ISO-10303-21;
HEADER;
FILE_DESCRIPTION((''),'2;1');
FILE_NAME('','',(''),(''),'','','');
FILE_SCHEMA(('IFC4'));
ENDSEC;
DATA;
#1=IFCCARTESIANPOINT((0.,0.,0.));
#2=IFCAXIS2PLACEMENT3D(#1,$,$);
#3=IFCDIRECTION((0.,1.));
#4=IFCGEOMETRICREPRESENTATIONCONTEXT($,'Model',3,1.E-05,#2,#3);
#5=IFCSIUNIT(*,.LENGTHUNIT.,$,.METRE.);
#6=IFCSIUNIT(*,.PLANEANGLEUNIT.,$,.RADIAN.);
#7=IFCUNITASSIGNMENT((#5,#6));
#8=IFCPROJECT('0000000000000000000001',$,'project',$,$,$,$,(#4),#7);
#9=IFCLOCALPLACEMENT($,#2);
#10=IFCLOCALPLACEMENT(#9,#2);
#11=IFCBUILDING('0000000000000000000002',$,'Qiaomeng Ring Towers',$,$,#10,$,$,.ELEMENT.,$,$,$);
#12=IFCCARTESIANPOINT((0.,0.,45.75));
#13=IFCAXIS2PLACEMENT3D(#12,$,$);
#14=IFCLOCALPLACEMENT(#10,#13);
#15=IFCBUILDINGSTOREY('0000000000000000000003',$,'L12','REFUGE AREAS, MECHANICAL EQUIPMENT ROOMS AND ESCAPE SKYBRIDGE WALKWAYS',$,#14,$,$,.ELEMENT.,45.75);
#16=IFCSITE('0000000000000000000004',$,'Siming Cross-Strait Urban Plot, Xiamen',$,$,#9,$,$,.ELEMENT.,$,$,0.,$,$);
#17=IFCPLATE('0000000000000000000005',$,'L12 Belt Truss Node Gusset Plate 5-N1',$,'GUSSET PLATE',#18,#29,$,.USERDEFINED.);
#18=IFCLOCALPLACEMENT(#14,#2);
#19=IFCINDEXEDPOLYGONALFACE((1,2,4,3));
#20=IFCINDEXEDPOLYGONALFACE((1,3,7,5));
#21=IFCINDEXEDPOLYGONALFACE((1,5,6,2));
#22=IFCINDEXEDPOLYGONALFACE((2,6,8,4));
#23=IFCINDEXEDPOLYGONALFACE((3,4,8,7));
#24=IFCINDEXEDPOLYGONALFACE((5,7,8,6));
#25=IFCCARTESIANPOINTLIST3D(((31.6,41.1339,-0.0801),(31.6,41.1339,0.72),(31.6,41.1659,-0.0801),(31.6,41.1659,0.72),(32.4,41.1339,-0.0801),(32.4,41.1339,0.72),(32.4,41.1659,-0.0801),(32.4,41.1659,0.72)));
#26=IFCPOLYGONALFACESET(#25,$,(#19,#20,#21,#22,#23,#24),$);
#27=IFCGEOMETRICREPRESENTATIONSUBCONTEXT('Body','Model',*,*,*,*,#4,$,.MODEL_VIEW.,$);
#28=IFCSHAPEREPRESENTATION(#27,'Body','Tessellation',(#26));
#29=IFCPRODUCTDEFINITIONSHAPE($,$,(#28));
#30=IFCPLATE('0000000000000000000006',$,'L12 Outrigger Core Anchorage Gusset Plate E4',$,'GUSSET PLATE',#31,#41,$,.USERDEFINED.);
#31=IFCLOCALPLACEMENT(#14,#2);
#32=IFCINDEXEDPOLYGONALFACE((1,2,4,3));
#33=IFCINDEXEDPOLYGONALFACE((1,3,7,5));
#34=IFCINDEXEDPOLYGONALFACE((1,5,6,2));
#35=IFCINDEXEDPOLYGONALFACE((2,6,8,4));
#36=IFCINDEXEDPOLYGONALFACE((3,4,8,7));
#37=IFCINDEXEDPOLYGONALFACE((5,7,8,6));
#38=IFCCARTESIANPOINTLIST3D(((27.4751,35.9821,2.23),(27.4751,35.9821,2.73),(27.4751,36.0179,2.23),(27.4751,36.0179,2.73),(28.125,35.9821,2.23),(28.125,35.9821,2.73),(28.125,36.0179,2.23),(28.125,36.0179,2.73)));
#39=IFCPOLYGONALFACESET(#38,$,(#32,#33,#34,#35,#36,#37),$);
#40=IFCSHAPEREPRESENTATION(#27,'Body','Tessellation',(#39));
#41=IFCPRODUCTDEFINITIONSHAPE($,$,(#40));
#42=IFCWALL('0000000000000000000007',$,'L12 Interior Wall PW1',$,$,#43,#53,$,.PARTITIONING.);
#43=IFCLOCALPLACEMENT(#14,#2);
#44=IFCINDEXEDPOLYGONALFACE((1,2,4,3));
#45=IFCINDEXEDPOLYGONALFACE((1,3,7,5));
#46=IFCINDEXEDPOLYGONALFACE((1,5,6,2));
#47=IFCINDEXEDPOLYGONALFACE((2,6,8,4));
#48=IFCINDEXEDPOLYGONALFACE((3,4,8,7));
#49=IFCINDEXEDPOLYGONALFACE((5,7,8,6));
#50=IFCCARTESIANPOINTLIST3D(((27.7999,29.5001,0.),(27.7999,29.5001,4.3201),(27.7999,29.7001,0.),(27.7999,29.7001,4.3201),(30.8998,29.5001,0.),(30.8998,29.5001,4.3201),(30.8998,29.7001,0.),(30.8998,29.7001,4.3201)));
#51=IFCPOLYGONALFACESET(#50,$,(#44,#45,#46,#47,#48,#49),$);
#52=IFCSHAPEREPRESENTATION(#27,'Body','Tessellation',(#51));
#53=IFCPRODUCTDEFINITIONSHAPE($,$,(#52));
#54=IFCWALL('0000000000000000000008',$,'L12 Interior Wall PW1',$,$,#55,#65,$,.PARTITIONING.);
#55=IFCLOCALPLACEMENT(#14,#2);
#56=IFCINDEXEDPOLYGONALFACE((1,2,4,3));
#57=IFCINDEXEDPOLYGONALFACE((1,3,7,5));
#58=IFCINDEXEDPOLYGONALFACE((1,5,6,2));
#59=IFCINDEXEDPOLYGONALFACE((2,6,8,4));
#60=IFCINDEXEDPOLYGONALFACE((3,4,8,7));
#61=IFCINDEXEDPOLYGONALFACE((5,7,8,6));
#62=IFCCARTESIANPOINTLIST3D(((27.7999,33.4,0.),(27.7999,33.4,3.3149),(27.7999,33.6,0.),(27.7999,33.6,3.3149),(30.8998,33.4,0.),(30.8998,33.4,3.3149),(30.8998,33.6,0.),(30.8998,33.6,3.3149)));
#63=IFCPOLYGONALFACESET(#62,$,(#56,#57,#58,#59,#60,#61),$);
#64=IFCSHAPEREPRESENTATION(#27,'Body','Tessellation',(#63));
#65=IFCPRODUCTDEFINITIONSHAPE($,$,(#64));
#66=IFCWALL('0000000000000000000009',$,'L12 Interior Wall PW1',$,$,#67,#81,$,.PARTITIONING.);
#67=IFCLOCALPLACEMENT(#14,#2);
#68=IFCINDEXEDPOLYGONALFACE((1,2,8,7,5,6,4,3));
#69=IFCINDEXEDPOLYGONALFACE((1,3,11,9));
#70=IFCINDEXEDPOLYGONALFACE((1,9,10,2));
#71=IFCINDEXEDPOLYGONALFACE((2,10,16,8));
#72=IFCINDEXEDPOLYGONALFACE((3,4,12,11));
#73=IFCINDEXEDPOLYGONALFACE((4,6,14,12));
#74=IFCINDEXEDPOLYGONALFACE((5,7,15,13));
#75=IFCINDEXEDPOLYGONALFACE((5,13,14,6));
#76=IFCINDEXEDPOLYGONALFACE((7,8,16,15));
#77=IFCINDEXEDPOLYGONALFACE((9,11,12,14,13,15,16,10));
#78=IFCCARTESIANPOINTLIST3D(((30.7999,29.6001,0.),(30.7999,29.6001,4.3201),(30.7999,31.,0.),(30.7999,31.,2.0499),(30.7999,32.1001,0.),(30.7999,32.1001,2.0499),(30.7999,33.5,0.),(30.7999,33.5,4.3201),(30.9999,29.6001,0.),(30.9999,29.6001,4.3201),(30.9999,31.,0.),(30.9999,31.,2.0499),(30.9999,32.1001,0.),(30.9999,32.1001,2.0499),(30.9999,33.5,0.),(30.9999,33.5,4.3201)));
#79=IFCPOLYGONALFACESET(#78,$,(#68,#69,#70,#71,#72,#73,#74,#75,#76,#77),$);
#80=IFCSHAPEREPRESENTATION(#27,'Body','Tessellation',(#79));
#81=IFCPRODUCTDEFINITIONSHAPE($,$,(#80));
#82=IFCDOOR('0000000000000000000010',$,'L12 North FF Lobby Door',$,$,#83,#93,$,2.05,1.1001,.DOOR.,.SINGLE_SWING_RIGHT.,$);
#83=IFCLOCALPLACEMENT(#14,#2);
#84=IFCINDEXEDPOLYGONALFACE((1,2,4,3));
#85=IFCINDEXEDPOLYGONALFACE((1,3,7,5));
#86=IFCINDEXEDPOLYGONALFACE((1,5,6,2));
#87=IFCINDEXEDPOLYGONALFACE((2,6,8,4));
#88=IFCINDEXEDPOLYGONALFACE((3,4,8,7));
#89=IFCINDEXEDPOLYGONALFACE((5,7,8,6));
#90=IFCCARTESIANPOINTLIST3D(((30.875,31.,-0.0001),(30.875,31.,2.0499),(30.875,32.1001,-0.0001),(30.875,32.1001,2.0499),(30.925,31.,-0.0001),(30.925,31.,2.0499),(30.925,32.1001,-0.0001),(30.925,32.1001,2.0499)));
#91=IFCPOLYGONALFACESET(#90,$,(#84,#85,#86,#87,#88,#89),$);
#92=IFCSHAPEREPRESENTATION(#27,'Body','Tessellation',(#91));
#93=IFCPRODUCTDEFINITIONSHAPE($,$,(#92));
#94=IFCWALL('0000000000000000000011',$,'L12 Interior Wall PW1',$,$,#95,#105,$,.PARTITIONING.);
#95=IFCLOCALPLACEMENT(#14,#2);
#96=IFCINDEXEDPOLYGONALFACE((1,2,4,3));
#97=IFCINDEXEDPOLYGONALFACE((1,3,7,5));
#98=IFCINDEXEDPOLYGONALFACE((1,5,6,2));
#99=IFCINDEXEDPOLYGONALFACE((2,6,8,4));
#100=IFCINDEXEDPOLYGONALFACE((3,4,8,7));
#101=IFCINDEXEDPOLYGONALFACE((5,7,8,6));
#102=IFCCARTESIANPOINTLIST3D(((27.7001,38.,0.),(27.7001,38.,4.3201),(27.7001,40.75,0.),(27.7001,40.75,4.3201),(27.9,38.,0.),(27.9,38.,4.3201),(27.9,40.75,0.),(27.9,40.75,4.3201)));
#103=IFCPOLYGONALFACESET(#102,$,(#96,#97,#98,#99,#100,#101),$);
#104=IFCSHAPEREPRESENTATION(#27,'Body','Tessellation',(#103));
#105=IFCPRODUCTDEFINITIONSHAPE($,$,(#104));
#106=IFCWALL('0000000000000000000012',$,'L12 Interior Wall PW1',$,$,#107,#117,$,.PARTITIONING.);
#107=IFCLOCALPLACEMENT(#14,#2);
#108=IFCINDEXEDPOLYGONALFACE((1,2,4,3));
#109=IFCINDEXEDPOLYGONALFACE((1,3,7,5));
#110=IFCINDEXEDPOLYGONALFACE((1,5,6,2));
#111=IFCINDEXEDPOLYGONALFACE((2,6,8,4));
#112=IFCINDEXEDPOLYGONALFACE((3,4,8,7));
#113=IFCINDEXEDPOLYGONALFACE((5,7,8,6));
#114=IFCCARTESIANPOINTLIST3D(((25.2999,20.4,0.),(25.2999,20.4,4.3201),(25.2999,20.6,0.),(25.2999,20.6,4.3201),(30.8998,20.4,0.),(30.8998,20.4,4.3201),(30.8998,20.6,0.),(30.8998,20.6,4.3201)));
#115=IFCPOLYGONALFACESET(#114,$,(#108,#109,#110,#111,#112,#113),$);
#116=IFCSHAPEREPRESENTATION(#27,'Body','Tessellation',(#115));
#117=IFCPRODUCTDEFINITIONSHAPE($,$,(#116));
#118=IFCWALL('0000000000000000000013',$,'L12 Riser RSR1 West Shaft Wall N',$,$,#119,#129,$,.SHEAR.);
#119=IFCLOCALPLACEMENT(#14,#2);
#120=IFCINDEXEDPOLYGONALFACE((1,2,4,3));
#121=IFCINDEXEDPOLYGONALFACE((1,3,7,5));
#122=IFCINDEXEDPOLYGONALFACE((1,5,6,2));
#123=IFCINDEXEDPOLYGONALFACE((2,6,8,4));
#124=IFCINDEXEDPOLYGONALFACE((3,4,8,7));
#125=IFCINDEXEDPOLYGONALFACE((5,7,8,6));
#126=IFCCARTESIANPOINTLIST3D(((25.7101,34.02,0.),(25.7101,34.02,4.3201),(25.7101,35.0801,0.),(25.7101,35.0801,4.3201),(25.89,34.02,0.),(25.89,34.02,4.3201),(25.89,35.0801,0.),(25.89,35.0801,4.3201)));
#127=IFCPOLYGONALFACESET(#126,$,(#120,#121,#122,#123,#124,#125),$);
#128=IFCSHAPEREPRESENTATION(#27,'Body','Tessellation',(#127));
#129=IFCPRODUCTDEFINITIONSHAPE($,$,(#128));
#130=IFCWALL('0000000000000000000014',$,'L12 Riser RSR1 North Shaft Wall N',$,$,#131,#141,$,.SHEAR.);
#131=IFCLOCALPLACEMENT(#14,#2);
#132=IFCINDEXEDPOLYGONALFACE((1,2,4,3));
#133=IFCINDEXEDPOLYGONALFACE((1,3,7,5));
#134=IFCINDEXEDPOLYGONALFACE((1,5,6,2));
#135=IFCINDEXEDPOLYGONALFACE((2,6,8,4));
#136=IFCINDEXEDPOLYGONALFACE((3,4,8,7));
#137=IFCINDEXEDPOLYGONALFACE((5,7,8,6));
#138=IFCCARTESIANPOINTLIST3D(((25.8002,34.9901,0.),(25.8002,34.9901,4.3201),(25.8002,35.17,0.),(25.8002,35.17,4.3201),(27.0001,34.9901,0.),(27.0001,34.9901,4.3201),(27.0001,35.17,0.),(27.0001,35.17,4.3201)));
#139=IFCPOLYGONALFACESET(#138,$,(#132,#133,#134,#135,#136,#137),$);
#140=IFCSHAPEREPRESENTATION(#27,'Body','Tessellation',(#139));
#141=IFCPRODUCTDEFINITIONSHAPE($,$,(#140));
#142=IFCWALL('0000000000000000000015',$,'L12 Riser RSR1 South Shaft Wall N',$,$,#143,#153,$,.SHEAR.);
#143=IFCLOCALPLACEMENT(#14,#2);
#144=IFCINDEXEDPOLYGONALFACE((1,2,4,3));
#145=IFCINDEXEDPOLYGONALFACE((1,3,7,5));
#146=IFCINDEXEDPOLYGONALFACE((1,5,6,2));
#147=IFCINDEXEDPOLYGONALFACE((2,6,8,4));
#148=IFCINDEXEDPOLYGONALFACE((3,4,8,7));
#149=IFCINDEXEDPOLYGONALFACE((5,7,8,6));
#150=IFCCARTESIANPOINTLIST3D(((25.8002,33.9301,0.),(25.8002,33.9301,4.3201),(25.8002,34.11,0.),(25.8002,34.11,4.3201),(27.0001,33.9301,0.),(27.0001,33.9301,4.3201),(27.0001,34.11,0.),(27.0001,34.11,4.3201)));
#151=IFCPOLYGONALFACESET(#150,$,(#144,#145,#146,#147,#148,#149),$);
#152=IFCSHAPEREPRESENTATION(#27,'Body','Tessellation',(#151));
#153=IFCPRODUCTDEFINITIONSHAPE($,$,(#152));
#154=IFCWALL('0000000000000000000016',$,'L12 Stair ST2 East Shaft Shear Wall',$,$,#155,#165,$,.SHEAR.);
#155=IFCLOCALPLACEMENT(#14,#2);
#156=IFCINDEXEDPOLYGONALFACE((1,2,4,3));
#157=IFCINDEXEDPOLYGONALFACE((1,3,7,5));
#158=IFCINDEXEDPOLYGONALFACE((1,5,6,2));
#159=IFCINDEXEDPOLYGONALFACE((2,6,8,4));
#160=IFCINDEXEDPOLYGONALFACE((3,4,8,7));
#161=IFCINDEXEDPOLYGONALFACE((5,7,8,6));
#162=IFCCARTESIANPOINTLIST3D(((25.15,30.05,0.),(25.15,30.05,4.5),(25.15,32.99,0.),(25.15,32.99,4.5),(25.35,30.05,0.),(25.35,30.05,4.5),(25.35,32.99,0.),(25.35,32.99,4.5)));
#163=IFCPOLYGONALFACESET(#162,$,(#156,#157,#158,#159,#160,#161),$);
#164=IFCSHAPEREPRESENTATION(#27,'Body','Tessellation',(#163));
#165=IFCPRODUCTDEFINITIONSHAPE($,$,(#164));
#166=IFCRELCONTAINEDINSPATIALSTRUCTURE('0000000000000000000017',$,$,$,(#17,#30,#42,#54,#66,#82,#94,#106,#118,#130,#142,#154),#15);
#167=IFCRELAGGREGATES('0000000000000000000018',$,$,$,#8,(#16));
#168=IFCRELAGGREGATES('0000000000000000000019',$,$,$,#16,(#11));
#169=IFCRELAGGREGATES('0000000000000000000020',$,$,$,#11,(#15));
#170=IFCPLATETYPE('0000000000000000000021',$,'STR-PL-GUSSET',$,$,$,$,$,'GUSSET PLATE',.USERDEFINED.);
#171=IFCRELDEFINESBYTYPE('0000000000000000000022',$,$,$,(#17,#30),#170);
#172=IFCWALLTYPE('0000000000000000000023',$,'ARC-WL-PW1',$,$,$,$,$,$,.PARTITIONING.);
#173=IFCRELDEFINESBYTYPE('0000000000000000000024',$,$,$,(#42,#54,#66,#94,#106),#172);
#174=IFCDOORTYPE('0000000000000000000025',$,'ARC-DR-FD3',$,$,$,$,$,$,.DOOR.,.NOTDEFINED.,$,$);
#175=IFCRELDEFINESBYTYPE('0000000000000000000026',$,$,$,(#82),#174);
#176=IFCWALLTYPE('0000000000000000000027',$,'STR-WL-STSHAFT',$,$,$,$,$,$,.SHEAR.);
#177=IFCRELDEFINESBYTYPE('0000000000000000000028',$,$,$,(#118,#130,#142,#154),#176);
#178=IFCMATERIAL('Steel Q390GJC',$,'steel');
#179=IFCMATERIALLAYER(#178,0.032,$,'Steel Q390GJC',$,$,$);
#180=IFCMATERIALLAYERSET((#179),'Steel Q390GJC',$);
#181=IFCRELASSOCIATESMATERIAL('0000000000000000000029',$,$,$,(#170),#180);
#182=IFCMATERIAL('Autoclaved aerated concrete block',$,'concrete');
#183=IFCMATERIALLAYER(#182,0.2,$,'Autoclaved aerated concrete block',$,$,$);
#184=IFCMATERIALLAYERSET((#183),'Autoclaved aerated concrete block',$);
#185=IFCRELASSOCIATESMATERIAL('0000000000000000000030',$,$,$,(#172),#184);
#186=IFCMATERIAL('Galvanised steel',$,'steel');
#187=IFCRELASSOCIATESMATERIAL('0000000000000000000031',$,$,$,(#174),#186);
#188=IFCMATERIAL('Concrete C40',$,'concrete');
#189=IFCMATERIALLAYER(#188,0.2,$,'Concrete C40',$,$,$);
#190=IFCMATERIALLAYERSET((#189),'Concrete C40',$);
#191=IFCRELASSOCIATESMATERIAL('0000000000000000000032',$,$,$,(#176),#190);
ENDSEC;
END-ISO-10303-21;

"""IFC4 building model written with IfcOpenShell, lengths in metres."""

from ifc_helpers import new_model, si_unit, direction, frame, frame_2d, origin, origin_2d, place, context, subcontext, project, spatial, rectangle, extrude, source, transform, mapped, material, layer, layer_set, type_object, element, fill, save


model = new_model("IFC4")

# Units and contexts
model_context = context("Model", 3, precision=1e-05, world=origin(), true_north=direction((0.0, 1.0)))
body_context = subcontext(model_context, "Body", "Model", "MODEL_VIEW")
ifc_project = project(units=[si_unit("LENGTHUNIT", "METRE"), si_unit("PLANEANGLEUNIT", "RADIAN")], contexts=[model_context])

# Site, building, storey
site_placement = place(None, origin())
site = spatial("IfcSite", under=ifc_project, at=site_placement, Name="Siming Cross-Strait Urban Plot, Xiamen", CompositionType="ELEMENT", RefElevation=0.0)
building_placement = place(site_placement, origin())
building = spatial("IfcBuilding", under=site, at=building_placement, Name="Qiaomeng Ring Towers", CompositionType="ELEMENT")
storey_placement = place(building_placement, frame((0.0, 0.0, 45.75)))
storey = spatial("IfcBuildingStorey", under=building, at=storey_placement, Name="L12", Description="REFUGE AREAS, MECHANICAL EQUIPMENT ROOMS AND ESCAPE SKYBRIDGE WALKWAYS", CompositionType="ELEMENT", Elevation=45.75)

# Shared definitions
ifc_material_1 = material(Name="Steel Q390GJC", Category="steel")

# Plates
ifc_layer_1 = layer(ifc_material_1, 0.032, Name="Steel Q390GJC")
ifc_layer_set_1 = layer_set([ifc_layer_1], Name="Steel Q390GJC")
plate_type = type_object("IfcPlateType", Name="STR-PL-GUSSET", ElementType="GUSSET PLATE", PredefinedType="USERDEFINED", material=ifc_layer_set_1)
shared_shape_1 = source(origin(), body_context, "Body", "SweptSolid", [
    extrude(rectangle(XDim=0.8, YDim=0.032, at=origin_2d()), origin(), (0.0, 0.0, 1.0), 0.8),
])
plate_1_placement = place(storey_placement, frame((32.0, 41.1499, -0.0801), z_axis=(0.0, 0.0, 1.0), x_axis=(-1.0, 0.0, 0.0)))
element("IfcPlate", 1, at=plate_1_placement, inside=storey, type_object=plate_type, Name="L12 Belt Truss Node Gusset Plate 5-N1", ObjectType="GUSSET PLATE", PredefinedType="USERDEFINED", context=body_context, shape_type="MappedRepresentation", body=[
    mapped(shared_shape_1, transform((0.0, 0.0, 0.0), x_axis=(1.0, 0.0, 0.0), y_axis=(0.0, 1.0, 0.0), z_axis=(0.0, 0.0, 1.0), scale=1.0)),
])
shared_shape_2 = source(origin(), body_context, "Body", "SweptSolid", [
    extrude(rectangle(XDim=0.6499, YDim=0.0359, at=origin_2d()), origin(), (0.0, 0.0, 1.0), 0.5),
])
plate_2_placement = place(storey_placement, frame((27.8, 36.0, 2.23), z_axis=(0.0, 0.0, 1.0), x_axis=(1.0, 0.0, 0.0)))
element("IfcPlate", 2, at=plate_2_placement, inside=storey, type_object=plate_type, Name="L12 Outrigger Core Anchorage Gusset Plate E4", ObjectType="GUSSET PLATE", PredefinedType="USERDEFINED", context=body_context, shape_type="MappedRepresentation", body=[
    mapped(shared_shape_2, transform((0.0, 0.0, 0.0), x_axis=(1.0, 0.0, 0.0), y_axis=(0.0, 1.0, 0.0), z_axis=(0.0, 0.0, 1.0), scale=1.0)),
])

# Walls
ifc_material_2 = material(Name="Autoclaved aerated concrete block", Category="concrete")
ifc_layer_2 = layer(ifc_material_2, 0.2, Name="Autoclaved aerated concrete block")
ifc_layer_set_2 = layer_set([ifc_layer_2], Name="Autoclaved aerated concrete block")
wall_type_1 = type_object("IfcWallType", Name="ARC-WL-PW1", PredefinedType="PARTITIONING", material=ifc_layer_set_2)
wall_1_placement = place(storey_placement, frame((27.8, 29.6001, 0.0), z_axis=(0.0, 0.0, 1.0), x_axis=(1.0, 0.0, 0.0)))
element("IfcWall", 3, at=wall_1_placement, inside=storey, type_object=wall_type_1, Name="L12 Interior Wall PW1", PredefinedType="PARTITIONING", context=body_context, shape_type="SweptSolid", body=[
    extrude(rectangle(XDim=3.0999, YDim=0.2, at=frame_2d((1.5498, 0.0))), origin(), (0.0, 0.0, 1.0), 4.3201),
])
wall_2_placement = place(storey_placement, frame((27.8, 33.5, 0.0), z_axis=(0.0, 0.0, 1.0), x_axis=(1.0, 0.0, 0.0)))
element("IfcWall", 4, at=wall_2_placement, inside=storey, type_object=wall_type_1, Name="L12 Interior Wall PW1", PredefinedType="PARTITIONING", context=body_context, shape_type="SweptSolid", body=[
    extrude(rectangle(XDim=3.0999, YDim=0.2, at=frame_2d((1.5498, 0.0))), origin(), (0.0, 0.0, 1.0), 3.3149),
])

# Wall, opening, door
wall_3_placement = place(storey_placement, frame((30.8999, 29.6001, 0.0), z_axis=(0.0, 0.0, 1.0), x_axis=(0.0, 1.0, 0.0)))
wall_3 = element("IfcWall", 5, at=wall_3_placement, inside=storey, type_object=wall_type_1, Name="L12 Interior Wall PW1", PredefinedType="PARTITIONING", context=body_context, shape_type="SweptSolid", body=[
    extrude(rectangle(XDim=3.8999, YDim=0.2, at=frame_2d((1.95, 0.0))), origin(), (0.0, 0.0, 1.0), 4.3201),
])
opening_1_placement = place(wall_3_placement, frame((1.3999, 0.0, 0.0)))
opening_1 = element("IfcOpeningElement", 6, at=opening_1_placement, cuts=wall_3, PredefinedType="OPENING", context=body_context, shape_type="SweptSolid", body=[
    extrude(rectangle(XDim=1.1001, YDim=2.05, at=frame_2d((0.55, 1.0249))), frame((0.0, 0.1099, 0.0), z_axis=(0.0, -1.0, 0.0), x_axis=(1.0, 0.0, 0.0)), (0.0, 0.0, 1.0), 0.22),
])
ifc_material_3 = material(Name="Galvanised steel", Category="steel")
door_type_1 = type_object("IfcDoorType", Name="ARC-DR-FD3", OperationType="NOTDEFINED", PredefinedType="DOOR", material=ifc_material_3)
shared_shape_3 = source(origin(), body_context, "Body", "SweptSolid", [
    extrude(rectangle(XDim=1.1001, YDim=2.05, at=frame_2d((0.55, 1.0249))), frame((0.0, 0.0249, 0.0), z_axis=(0.0, -1.0, 0.0), x_axis=(1.0, 0.0, 0.0)), (0.0, 0.0, 1.0), 0.05),
])
door_1_placement = place(opening_1_placement, origin())
door_1 = element("IfcDoor", 7, at=door_1_placement, inside=storey, type_object=door_type_1, Name="L12 North FF Lobby Door", OperationType="SINGLE_SWING_RIGHT", OverallHeight=2.05, OverallWidth=1.1001, PredefinedType="DOOR", context=body_context, shape_type="MappedRepresentation", body=[
    mapped(shared_shape_3, transform((0.0, 0.0, 0.0), x_axis=(1.0, 0.0, 0.0), y_axis=(0.0, 1.0, 0.0), z_axis=(0.0, 0.0, 1.0), scale=1.0)),
])
fill(opening_1, door_1)

# Walls
wall_4_placement = place(storey_placement, frame((27.8, 38.0, 0.0), z_axis=(0.0, 0.0, 1.0), x_axis=(0.0, 1.0, 0.0)))
element("IfcWall", 8, at=wall_4_placement, inside=storey, type_object=wall_type_1, Name="L12 Interior Wall PW1", PredefinedType="PARTITIONING", context=body_context, shape_type="SweptSolid", body=[
    extrude(rectangle(XDim=2.75, YDim=0.2, at=frame_2d((1.375, 0.0))), origin(), (0.0, 0.0, 1.0), 4.3201),
])
wall_5_placement = place(storey_placement, frame((25.3, 20.5, 0.0), z_axis=(0.0, 0.0, 1.0), x_axis=(1.0, 0.0, 0.0)))
element("IfcWall", 9, at=wall_5_placement, inside=storey, type_object=wall_type_1, Name="L12 Interior Wall PW1", PredefinedType="PARTITIONING", context=body_context, shape_type="SweptSolid", body=[
    extrude(rectangle(XDim=5.5999, YDim=0.2, at=frame_2d((2.7998, 0.0))), origin(), (0.0, 0.0, 1.0), 4.3201),
])
ifc_material_4 = material(Name="Concrete C40", Category="concrete")
ifc_layer_3 = layer(ifc_material_4, 0.2, Name="Concrete C40")
ifc_layer_set_3 = layer_set([ifc_layer_3], Name="Concrete C40")
wall_type_2 = type_object("IfcWallType", Name="STR-WL-STSHAFT", PredefinedType="SHEAR", material=ifc_layer_set_3)
wall_6_placement = place(storey_placement, frame((25.8, 34.02, 0.0), z_axis=(0.0, 0.0, 1.0), x_axis=(0.0, 1.0, 0.0)))
element("IfcWall", 10, at=wall_6_placement, inside=storey, type_object=wall_type_2, Name="L12 Riser RSR1 West Shaft Wall N", PredefinedType="SHEAR", context=body_context, shape_type="SweptSolid", body=[
    extrude(rectangle(XDim=1.0601, YDim=0.1799, at=frame_2d((0.53, 0.0))), origin(), (0.0, 0.0, 1.0), 4.3201),
])
for number, where, z_axis, x_axis, name in (
    (11, (25.8, 35.0801, 0.0), (0.0, 0.0, 1.0), (1.0, 0.0, 0.0), "L12 Riser RSR1 North Shaft Wall N"),
    (12, (25.8, 34.02, 0.0), (0.0, 0.0, 1.0), (1.0, 0.0, 0.0), "L12 Riser RSR1 South Shaft Wall N"),
):
    element("IfcWall", number, at=place(storey_placement, frame(where, z_axis=z_axis, x_axis=x_axis)), inside=storey, type_object=wall_type_2, Name=name, PredefinedType="SHEAR", context=body_context, shape_type="SweptSolid", body=[
        extrude(rectangle(XDim=1.2, YDim=0.1799, at=frame_2d((0.6001, 0.0))), origin(), (0.0, 0.0, 1.0), 4.3201),
    ])
wall_7_placement = place(storey_placement, frame((25.25, 30.05, 0.0), z_axis=(0.0, 0.0, 1.0), x_axis=(0.0, 1.0, 0.0)))
element("IfcWall", 13, at=wall_7_placement, inside=storey, type_object=wall_type_2, Name="L12 Stair ST2 East Shaft Shear Wall", PredefinedType="SHEAR", context=body_context, shape_type="SweptSolid", body=[
    extrude(rectangle(XDim=2.9399, YDim=0.2, at=frame_2d((1.47, 0.0))), origin(), (0.0, 0.0, 1.0), 4.5),
])

save(model, "model.ifc")
